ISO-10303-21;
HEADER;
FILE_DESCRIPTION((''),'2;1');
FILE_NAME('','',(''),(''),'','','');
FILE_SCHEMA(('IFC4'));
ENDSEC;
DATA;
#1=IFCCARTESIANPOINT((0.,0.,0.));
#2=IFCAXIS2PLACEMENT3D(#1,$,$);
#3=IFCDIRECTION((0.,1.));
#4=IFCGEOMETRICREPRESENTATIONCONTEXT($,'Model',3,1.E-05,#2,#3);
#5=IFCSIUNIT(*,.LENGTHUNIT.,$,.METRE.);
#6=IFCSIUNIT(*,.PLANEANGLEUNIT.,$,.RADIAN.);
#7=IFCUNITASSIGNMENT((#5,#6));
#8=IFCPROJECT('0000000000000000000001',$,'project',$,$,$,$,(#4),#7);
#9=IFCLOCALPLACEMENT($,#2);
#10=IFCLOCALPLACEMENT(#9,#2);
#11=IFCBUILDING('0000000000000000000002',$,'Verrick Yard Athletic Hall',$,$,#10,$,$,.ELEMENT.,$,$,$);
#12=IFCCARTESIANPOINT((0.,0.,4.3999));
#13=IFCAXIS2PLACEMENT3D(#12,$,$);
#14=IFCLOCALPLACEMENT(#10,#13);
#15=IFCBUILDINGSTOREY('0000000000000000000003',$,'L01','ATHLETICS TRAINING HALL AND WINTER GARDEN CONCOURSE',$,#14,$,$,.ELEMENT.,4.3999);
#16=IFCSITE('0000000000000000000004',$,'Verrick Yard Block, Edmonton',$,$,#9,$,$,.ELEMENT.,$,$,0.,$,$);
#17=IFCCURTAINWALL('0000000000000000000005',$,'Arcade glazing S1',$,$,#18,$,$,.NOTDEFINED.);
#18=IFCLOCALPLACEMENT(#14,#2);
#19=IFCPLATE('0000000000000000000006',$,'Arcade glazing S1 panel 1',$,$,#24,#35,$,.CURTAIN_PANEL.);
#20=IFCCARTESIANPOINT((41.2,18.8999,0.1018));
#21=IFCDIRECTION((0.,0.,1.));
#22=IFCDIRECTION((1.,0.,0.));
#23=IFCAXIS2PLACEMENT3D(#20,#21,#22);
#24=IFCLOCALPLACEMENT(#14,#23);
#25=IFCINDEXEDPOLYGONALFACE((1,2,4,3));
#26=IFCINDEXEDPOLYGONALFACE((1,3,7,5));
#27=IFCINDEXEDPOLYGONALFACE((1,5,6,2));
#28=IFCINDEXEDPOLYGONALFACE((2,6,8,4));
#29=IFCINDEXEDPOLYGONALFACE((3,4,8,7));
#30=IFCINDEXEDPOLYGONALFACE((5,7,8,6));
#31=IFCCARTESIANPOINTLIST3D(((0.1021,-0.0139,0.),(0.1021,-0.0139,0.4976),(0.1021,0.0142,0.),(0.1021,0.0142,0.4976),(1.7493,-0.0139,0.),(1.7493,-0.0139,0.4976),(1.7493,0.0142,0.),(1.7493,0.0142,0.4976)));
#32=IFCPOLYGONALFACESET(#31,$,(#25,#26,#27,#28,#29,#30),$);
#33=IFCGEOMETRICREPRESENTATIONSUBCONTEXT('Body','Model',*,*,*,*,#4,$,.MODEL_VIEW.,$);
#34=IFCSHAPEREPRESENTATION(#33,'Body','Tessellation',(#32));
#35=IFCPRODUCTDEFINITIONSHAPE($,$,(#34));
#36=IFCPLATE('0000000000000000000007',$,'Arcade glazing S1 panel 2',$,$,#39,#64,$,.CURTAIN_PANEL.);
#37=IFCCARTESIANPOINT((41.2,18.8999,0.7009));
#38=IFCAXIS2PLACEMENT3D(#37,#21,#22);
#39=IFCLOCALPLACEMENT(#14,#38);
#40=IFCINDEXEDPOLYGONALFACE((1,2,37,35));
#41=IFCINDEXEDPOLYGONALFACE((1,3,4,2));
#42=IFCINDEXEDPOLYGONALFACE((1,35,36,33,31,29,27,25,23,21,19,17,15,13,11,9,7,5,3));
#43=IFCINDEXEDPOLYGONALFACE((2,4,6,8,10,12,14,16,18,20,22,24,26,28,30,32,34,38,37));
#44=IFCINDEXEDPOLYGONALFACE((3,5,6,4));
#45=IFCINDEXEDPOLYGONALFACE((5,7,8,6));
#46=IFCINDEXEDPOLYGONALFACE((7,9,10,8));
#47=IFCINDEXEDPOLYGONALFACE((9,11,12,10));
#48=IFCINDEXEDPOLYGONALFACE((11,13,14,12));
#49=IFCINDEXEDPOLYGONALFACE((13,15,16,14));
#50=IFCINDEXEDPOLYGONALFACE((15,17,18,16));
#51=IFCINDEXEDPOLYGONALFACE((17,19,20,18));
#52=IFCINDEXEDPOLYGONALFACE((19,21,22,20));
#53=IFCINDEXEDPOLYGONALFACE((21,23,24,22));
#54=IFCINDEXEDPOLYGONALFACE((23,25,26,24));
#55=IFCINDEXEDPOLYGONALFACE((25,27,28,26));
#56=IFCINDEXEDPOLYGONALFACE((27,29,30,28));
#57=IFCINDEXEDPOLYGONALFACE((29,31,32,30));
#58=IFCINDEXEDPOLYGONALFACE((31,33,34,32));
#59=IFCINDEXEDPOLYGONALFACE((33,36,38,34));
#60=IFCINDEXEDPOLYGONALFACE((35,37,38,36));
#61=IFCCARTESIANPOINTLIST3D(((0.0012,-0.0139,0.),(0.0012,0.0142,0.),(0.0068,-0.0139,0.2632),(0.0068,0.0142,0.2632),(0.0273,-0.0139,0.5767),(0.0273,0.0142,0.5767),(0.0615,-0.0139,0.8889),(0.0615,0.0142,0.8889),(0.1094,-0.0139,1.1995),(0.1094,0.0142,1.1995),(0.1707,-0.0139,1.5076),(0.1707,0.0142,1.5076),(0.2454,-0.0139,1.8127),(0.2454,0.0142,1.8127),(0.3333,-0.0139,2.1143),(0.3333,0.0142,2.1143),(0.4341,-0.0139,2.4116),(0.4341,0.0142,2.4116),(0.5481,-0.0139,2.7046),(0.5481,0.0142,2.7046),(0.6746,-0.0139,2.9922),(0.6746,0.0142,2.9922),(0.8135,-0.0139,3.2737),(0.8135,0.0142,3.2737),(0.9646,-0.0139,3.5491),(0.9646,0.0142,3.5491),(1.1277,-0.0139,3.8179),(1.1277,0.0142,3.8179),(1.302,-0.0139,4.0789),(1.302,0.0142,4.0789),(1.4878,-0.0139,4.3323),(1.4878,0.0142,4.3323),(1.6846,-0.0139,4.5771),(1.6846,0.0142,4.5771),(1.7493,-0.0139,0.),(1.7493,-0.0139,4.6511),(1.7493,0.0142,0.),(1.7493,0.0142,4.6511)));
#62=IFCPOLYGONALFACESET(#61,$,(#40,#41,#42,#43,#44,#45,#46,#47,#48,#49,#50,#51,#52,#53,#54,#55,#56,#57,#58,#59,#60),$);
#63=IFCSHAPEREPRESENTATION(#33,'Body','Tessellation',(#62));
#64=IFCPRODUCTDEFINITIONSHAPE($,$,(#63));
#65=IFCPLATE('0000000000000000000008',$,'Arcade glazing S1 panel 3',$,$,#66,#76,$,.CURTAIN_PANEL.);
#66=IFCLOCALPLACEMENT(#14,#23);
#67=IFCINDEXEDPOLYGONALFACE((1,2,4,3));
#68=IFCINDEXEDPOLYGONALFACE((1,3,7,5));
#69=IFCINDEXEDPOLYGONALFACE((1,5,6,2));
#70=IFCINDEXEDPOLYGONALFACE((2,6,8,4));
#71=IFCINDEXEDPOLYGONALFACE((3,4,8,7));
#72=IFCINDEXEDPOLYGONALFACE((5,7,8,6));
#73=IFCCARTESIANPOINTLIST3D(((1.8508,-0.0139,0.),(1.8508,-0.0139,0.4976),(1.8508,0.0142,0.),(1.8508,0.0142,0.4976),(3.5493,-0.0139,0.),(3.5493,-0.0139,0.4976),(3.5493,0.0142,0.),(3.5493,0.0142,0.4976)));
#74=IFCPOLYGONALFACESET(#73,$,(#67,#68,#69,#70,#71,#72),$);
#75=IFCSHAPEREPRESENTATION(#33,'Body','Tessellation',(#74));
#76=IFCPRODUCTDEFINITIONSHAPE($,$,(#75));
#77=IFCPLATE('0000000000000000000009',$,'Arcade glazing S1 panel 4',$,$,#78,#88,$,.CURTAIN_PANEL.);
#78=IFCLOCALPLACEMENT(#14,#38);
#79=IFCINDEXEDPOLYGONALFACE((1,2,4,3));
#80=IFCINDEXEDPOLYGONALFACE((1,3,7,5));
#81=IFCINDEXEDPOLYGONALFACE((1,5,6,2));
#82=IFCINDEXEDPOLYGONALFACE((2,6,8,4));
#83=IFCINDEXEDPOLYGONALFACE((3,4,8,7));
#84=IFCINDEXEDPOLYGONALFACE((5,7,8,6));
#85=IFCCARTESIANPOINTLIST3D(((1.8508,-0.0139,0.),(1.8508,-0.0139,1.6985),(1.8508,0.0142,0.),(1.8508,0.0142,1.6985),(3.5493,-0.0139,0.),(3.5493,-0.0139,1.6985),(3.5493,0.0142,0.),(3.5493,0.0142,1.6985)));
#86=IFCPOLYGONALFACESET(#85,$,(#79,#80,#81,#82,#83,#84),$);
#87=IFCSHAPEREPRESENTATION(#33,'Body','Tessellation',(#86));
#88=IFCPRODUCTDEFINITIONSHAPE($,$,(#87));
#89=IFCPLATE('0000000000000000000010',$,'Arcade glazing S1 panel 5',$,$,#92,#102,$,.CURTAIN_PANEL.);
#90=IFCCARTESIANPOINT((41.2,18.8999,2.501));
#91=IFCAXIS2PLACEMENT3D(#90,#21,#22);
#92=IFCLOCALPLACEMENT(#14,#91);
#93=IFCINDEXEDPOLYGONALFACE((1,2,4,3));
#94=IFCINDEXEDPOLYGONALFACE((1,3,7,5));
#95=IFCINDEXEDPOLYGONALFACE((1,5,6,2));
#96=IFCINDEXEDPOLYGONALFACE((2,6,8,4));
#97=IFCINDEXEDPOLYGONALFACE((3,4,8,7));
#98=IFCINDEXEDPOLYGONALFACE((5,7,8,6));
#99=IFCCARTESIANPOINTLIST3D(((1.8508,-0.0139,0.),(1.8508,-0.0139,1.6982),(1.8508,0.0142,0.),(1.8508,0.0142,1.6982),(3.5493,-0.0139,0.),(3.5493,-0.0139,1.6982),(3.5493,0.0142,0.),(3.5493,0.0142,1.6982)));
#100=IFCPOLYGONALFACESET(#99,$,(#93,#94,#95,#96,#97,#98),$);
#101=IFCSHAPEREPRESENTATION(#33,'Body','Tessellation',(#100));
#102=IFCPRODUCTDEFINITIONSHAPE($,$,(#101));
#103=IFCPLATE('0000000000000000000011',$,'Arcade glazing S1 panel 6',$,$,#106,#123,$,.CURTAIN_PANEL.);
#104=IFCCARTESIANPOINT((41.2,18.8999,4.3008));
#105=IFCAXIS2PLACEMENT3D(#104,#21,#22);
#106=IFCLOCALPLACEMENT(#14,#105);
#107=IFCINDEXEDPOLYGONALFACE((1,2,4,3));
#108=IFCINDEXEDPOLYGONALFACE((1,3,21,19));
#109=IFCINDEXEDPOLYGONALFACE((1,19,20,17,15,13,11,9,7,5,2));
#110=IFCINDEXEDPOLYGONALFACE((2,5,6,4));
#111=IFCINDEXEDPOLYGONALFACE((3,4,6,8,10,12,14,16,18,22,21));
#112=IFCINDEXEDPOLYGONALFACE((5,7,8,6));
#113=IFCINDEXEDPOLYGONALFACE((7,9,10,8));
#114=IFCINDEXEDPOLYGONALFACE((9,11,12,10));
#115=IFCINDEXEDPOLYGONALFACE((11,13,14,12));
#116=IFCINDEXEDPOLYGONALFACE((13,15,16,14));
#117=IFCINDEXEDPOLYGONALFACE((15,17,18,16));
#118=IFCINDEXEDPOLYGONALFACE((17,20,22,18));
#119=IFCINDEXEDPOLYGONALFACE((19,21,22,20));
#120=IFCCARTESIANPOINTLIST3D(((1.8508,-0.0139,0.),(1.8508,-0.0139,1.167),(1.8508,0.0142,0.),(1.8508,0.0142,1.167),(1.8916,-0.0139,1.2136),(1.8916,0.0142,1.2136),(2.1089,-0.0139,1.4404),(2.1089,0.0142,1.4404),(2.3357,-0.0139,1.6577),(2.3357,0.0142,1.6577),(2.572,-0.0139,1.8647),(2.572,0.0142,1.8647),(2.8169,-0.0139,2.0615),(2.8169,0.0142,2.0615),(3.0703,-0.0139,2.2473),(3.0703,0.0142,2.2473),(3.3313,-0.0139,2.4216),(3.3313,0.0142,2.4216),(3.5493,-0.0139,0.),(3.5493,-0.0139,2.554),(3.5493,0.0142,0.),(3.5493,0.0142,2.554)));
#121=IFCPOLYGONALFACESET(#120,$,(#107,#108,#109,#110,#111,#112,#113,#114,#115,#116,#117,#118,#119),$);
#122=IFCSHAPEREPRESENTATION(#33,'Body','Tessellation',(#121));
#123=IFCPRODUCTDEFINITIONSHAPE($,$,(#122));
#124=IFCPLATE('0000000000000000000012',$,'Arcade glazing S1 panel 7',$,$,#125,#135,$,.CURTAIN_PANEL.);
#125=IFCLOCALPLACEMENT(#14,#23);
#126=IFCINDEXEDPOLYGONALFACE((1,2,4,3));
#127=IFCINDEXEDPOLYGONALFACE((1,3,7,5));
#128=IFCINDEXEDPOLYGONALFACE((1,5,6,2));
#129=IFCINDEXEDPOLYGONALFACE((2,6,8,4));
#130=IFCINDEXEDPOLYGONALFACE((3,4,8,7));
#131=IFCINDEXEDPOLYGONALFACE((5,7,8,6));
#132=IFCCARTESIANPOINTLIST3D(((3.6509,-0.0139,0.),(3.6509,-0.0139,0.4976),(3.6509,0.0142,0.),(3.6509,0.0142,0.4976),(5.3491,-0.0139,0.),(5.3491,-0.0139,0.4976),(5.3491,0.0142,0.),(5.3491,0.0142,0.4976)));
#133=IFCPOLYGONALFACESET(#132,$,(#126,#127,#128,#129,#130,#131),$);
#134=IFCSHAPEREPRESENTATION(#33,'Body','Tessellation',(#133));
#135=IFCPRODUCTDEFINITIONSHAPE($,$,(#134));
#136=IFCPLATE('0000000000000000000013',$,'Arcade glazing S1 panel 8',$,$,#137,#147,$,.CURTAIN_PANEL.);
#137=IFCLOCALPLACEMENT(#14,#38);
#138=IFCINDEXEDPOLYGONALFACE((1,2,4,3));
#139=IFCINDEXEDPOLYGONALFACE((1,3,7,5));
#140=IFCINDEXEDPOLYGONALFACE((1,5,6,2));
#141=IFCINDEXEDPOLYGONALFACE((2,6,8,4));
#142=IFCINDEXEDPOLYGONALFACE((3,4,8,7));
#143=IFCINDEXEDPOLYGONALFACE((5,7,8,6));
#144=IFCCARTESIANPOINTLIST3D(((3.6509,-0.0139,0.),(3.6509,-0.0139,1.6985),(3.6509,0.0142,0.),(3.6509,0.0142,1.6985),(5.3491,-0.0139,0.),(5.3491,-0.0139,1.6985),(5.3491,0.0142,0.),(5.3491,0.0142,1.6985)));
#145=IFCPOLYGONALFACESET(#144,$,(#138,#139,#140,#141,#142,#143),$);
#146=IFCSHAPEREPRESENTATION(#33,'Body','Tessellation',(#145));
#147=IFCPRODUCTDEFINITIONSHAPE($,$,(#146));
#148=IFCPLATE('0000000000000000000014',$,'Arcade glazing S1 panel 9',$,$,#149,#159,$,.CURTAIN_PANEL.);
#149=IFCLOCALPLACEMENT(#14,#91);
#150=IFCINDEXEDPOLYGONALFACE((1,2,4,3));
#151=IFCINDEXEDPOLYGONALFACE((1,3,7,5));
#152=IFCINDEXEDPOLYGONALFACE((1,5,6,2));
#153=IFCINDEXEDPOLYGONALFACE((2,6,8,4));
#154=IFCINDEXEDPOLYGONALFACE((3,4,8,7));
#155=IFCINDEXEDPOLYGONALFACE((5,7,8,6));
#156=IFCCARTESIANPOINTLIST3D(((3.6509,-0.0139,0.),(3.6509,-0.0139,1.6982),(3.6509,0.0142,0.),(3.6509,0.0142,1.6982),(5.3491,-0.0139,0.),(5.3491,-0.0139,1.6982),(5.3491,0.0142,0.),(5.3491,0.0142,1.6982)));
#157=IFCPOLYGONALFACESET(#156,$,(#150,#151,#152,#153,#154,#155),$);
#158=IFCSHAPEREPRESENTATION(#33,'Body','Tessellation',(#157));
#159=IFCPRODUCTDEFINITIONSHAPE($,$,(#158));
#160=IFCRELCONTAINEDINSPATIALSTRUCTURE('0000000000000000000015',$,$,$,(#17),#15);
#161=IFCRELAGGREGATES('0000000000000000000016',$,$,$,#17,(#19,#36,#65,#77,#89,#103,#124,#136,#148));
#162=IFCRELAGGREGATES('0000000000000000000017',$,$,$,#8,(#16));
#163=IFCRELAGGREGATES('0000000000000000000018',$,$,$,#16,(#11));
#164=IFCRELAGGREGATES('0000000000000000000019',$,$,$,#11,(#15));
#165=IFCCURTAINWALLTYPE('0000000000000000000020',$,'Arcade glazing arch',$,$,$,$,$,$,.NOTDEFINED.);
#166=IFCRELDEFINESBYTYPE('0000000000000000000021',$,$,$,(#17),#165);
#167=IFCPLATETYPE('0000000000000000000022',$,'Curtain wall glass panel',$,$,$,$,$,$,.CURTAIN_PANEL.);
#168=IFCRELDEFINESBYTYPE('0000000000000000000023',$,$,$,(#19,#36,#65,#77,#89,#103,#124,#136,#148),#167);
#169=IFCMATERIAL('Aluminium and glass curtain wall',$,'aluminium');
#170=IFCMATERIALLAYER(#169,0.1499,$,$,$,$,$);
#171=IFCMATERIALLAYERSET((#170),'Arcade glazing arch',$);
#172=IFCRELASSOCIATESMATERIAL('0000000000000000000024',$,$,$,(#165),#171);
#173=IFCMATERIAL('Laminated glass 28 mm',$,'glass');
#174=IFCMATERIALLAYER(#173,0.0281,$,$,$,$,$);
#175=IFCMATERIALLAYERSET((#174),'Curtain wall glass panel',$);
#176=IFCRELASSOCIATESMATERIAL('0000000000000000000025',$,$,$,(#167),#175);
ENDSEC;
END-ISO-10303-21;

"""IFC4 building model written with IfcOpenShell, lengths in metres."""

from ifc_helpers import new_model, si_unit, direction, frame, origin, place, context, subcontext, project, spatial, polyline, outline, extrude, material, layer, layer_set, type_object, element, aggregate, save


model = new_model("IFC4")

# Units and contexts
model_context = context("Model", 3, precision=1e-05, world=origin(), true_north=direction((0.0, 1.0)))
body_context = subcontext(model_context, "Body", "Model", "MODEL_VIEW")
ifc_project = project(units=[si_unit("LENGTHUNIT", "METRE"), si_unit("PLANEANGLEUNIT", "RADIAN")], contexts=[model_context])

# Site, building, storey
site_placement = place(None, origin())
site = spatial("IfcSite", under=ifc_project, at=site_placement, Name="Verrick Yard Block, Edmonton", CompositionType="ELEMENT", RefElevation=0.0)
building_placement = place(site_placement, origin())
building = spatial("IfcBuilding", under=site, at=building_placement, Name="Verrick Yard Athletic Hall", CompositionType="ELEMENT")
storey_placement = place(building_placement, frame((0.0, 0.0, 4.3999)))
storey = spatial("IfcBuildingStorey", under=building, at=storey_placement, Name="L01", Description="ATHLETICS TRAINING HALL AND WINTER GARDEN CONCOURSE", CompositionType="ELEMENT", Elevation=4.3999)

# Curtain wall, plates
ifc_material_1 = material(Name="Aluminium and glass curtain wall", Category="aluminium")
ifc_layer_1 = layer(ifc_material_1, 0.1499)
ifc_layer_set_1 = layer_set([ifc_layer_1], Name="Arcade glazing arch")
curtain_wall_type_1 = type_object("IfcCurtainWallType", Name="Arcade glazing arch", PredefinedType="NOTDEFINED", material=ifc_layer_set_1)
curtain_wall_1_placement = place(storey_placement, origin())
curtain_wall_1 = element("IfcCurtainWall", 1, at=curtain_wall_1_placement, inside=storey, type_object=curtain_wall_type_1, Name="Arcade glazing S1", PredefinedType="NOTDEFINED")
ifc_material_2 = material(Name="Laminated glass 28 mm", Category="glass")
ifc_layer_2 = layer(ifc_material_2, 0.0281)
ifc_layer_set_2 = layer_set([ifc_layer_2], Name="Curtain wall glass panel")
plate_type_1 = type_object("IfcPlateType", Name="Curtain wall glass panel", PredefinedType="CURTAIN_PANEL", material=ifc_layer_set_2)
plate_1_placement = place(storey_placement, frame((41.2, 18.8999, 0.1018), z_axis=(0.0, 0.0, 1.0), x_axis=(1.0, 0.0, 0.0)))
plate_1 = element("IfcPlate", 2, at=plate_1_placement, type_object=plate_type_1, Name="Arcade glazing S1 panel 1", PredefinedType="CURTAIN_PANEL", context=body_context, shape_type="SweptSolid", body=[
    extrude(outline(polyline([(1.7493, 0.0), (1.7493, 0.4976), (0.1021, 0.4976), (0.1021, 0.0), (1.7493, 0.0)])), frame((0.0, 0.0142, 0.0), z_axis=(0.0, -1.0, 0.0), x_axis=(1.0, 0.0, 0.0)), (0.0, 0.0, 1.0), 0.0281),
])
plate_2_placement = place(storey_placement, frame((41.2, 18.8999, 0.7009), z_axis=(0.0, 0.0, 1.0), x_axis=(1.0, 0.0, 0.0)))
plate_2 = element("IfcPlate", 3, at=plate_2_placement, type_object=plate_type_1, Name="Arcade glazing S1 panel 2", PredefinedType="CURTAIN_PANEL", context=body_context, shape_type="SweptSolid", body=[
    extrude(outline(polyline([(1.7493, 4.6511), (1.6846, 4.5771), (1.4878, 4.3323), (1.302, 4.0789), (1.1277, 3.8179), (0.9646, 3.5491), (0.8135, 3.2737), (0.6746, 2.9922), (0.5481, 2.7046), (0.4341, 2.4116), (0.3333, 2.1143), (0.2454, 1.8127), (0.1707, 1.5076), (0.1094, 1.1995), (0.0615, 0.8889), (0.0273, 0.5767), (0.0068, 0.2632), (0.0012, 0.0), (1.7493, 0.0), (1.7493, 4.6511)])), frame((0.0, 0.0142, 0.0), z_axis=(0.0, -1.0, 0.0), x_axis=(1.0, 0.0, 0.0)), (0.0, 0.0, 1.0), 0.0281),
])
plate_3_placement = place(storey_placement, frame((41.2, 18.8999, 0.1018), z_axis=(0.0, 0.0, 1.0), x_axis=(1.0, 0.0, 0.0)))
plate_3 = element("IfcPlate", 4, at=plate_3_placement, type_object=plate_type_1, Name="Arcade glazing S1 panel 3", PredefinedType="CURTAIN_PANEL", context=body_context, shape_type="SweptSolid", body=[
    extrude(outline(polyline([(3.5493, 0.0), (3.5493, 0.4976), (1.8508, 0.4976), (1.8508, 0.0), (3.5493, 0.0)])), frame((0.0, 0.0142, 0.0), z_axis=(0.0, -1.0, 0.0), x_axis=(1.0, 0.0, 0.0)), (0.0, 0.0, 1.0), 0.0281),
])
plate_4_placement = place(storey_placement, frame((41.2, 18.8999, 0.7009), z_axis=(0.0, 0.0, 1.0), x_axis=(1.0, 0.0, 0.0)))
plate_4 = element("IfcPlate", 5, at=plate_4_placement, type_object=plate_type_1, Name="Arcade glazing S1 panel 4", PredefinedType="CURTAIN_PANEL", context=body_context, shape_type="SweptSolid", body=[
    extrude(outline(polyline([(3.5493, 0.0), (3.5493, 1.6985), (1.8508, 1.6985), (1.8508, 0.0), (3.5493, 0.0)])), frame((0.0, 0.0142, 0.0), z_axis=(0.0, -1.0, 0.0), x_axis=(1.0, 0.0, 0.0)), (0.0, 0.0, 1.0), 0.0281),
])
plate_5_placement = place(storey_placement, frame((41.2, 18.8999, 2.501), z_axis=(0.0, 0.0, 1.0), x_axis=(1.0, 0.0, 0.0)))
plate_5 = element("IfcPlate", 6, at=plate_5_placement, type_object=plate_type_1, Name="Arcade glazing S1 panel 5", PredefinedType="CURTAIN_PANEL", context=body_context, shape_type="SweptSolid", body=[
    extrude(outline(polyline([(3.5493, 0.0), (3.5493, 1.6982), (1.8508, 1.6982), (1.8508, 0.0), (3.5493, 0.0)])), frame((0.0, 0.0142, 0.0), z_axis=(0.0, -1.0, 0.0), x_axis=(1.0, 0.0, 0.0)), (0.0, 0.0, 1.0), 0.0281),
])
plate_6_placement = place(storey_placement, frame((41.2, 18.8999, 4.3008), z_axis=(0.0, 0.0, 1.0), x_axis=(1.0, 0.0, 0.0)))
plate_6 = element("IfcPlate", 7, at=plate_6_placement, type_object=plate_type_1, Name="Arcade glazing S1 panel 6", PredefinedType="CURTAIN_PANEL", context=body_context, shape_type="SweptSolid", body=[
    extrude(outline(polyline([(3.5493, 2.554), (3.3313, 2.4216), (3.0703, 2.2473), (2.8169, 2.0615), (2.572, 1.8647), (2.3357, 1.6577), (2.1089, 1.4404), (1.8916, 1.2136), (1.8508, 1.167), (1.8508, 0.0), (3.5493, 0.0), (3.5493, 2.554)])), frame((0.0, 0.0142, 0.0), z_axis=(0.0, -1.0, 0.0), x_axis=(1.0, 0.0, 0.0)), (0.0, 0.0, 1.0), 0.0281),
])
plate_7_placement = place(storey_placement, frame((41.2, 18.8999, 0.1018), z_axis=(0.0, 0.0, 1.0), x_axis=(1.0, 0.0, 0.0)))
plate_7 = element("IfcPlate", 8, at=plate_7_placement, type_object=plate_type_1, Name="Arcade glazing S1 panel 7", PredefinedType="CURTAIN_PANEL", context=body_context, shape_type="SweptSolid", body=[
    extrude(outline(polyline([(5.3491, 0.0), (5.3491, 0.4976), (3.6509, 0.4976), (3.6509, 0.0), (5.3491, 0.0)])), frame((0.0, 0.0142, 0.0), z_axis=(0.0, -1.0, 0.0), x_axis=(1.0, 0.0, 0.0)), (0.0, 0.0, 1.0), 0.0281),
])
plate_8_placement = place(storey_placement, frame((41.2, 18.8999, 0.7009), z_axis=(0.0, 0.0, 1.0), x_axis=(1.0, 0.0, 0.0)))
plate_8 = element("IfcPlate", 9, at=plate_8_placement, type_object=plate_type_1, Name="Arcade glazing S1 panel 8", PredefinedType="CURTAIN_PANEL", context=body_context, shape_type="SweptSolid", body=[
    extrude(outline(polyline([(5.3491, 0.0), (5.3491, 1.6985), (3.6509, 1.6985), (3.6509, 0.0), (5.3491, 0.0)])), frame((0.0, 0.0142, 0.0), z_axis=(0.0, -1.0, 0.0), x_axis=(1.0, 0.0, 0.0)), (0.0, 0.0, 1.0), 0.0281),
])
plate_9_placement = place(storey_placement, frame((41.2, 18.8999, 2.501), z_axis=(0.0, 0.0, 1.0), x_axis=(1.0, 0.0, 0.0)))
plate_9 = element("IfcPlate", 10, at=plate_9_placement, type_object=plate_type_1, Name="Arcade glazing S1 panel 9", PredefinedType="CURTAIN_PANEL", context=body_context, shape_type="SweptSolid", body=[
    extrude(outline(polyline([(5.3491, 0.0), (5.3491, 1.6982), (3.6509, 1.6982), (3.6509, 0.0), (5.3491, 0.0)])), frame((0.0, 0.0142, 0.0), z_axis=(0.0, -1.0, 0.0), x_axis=(1.0, 0.0, 0.0)), (0.0, 0.0, 1.0), 0.0281),
])
aggregate(curtain_wall_1, [plate_1, plate_2, plate_3, plate_4, plate_5, plate_6, plate_7, plate_8, plate_9])

save(model, "model.ifc")
